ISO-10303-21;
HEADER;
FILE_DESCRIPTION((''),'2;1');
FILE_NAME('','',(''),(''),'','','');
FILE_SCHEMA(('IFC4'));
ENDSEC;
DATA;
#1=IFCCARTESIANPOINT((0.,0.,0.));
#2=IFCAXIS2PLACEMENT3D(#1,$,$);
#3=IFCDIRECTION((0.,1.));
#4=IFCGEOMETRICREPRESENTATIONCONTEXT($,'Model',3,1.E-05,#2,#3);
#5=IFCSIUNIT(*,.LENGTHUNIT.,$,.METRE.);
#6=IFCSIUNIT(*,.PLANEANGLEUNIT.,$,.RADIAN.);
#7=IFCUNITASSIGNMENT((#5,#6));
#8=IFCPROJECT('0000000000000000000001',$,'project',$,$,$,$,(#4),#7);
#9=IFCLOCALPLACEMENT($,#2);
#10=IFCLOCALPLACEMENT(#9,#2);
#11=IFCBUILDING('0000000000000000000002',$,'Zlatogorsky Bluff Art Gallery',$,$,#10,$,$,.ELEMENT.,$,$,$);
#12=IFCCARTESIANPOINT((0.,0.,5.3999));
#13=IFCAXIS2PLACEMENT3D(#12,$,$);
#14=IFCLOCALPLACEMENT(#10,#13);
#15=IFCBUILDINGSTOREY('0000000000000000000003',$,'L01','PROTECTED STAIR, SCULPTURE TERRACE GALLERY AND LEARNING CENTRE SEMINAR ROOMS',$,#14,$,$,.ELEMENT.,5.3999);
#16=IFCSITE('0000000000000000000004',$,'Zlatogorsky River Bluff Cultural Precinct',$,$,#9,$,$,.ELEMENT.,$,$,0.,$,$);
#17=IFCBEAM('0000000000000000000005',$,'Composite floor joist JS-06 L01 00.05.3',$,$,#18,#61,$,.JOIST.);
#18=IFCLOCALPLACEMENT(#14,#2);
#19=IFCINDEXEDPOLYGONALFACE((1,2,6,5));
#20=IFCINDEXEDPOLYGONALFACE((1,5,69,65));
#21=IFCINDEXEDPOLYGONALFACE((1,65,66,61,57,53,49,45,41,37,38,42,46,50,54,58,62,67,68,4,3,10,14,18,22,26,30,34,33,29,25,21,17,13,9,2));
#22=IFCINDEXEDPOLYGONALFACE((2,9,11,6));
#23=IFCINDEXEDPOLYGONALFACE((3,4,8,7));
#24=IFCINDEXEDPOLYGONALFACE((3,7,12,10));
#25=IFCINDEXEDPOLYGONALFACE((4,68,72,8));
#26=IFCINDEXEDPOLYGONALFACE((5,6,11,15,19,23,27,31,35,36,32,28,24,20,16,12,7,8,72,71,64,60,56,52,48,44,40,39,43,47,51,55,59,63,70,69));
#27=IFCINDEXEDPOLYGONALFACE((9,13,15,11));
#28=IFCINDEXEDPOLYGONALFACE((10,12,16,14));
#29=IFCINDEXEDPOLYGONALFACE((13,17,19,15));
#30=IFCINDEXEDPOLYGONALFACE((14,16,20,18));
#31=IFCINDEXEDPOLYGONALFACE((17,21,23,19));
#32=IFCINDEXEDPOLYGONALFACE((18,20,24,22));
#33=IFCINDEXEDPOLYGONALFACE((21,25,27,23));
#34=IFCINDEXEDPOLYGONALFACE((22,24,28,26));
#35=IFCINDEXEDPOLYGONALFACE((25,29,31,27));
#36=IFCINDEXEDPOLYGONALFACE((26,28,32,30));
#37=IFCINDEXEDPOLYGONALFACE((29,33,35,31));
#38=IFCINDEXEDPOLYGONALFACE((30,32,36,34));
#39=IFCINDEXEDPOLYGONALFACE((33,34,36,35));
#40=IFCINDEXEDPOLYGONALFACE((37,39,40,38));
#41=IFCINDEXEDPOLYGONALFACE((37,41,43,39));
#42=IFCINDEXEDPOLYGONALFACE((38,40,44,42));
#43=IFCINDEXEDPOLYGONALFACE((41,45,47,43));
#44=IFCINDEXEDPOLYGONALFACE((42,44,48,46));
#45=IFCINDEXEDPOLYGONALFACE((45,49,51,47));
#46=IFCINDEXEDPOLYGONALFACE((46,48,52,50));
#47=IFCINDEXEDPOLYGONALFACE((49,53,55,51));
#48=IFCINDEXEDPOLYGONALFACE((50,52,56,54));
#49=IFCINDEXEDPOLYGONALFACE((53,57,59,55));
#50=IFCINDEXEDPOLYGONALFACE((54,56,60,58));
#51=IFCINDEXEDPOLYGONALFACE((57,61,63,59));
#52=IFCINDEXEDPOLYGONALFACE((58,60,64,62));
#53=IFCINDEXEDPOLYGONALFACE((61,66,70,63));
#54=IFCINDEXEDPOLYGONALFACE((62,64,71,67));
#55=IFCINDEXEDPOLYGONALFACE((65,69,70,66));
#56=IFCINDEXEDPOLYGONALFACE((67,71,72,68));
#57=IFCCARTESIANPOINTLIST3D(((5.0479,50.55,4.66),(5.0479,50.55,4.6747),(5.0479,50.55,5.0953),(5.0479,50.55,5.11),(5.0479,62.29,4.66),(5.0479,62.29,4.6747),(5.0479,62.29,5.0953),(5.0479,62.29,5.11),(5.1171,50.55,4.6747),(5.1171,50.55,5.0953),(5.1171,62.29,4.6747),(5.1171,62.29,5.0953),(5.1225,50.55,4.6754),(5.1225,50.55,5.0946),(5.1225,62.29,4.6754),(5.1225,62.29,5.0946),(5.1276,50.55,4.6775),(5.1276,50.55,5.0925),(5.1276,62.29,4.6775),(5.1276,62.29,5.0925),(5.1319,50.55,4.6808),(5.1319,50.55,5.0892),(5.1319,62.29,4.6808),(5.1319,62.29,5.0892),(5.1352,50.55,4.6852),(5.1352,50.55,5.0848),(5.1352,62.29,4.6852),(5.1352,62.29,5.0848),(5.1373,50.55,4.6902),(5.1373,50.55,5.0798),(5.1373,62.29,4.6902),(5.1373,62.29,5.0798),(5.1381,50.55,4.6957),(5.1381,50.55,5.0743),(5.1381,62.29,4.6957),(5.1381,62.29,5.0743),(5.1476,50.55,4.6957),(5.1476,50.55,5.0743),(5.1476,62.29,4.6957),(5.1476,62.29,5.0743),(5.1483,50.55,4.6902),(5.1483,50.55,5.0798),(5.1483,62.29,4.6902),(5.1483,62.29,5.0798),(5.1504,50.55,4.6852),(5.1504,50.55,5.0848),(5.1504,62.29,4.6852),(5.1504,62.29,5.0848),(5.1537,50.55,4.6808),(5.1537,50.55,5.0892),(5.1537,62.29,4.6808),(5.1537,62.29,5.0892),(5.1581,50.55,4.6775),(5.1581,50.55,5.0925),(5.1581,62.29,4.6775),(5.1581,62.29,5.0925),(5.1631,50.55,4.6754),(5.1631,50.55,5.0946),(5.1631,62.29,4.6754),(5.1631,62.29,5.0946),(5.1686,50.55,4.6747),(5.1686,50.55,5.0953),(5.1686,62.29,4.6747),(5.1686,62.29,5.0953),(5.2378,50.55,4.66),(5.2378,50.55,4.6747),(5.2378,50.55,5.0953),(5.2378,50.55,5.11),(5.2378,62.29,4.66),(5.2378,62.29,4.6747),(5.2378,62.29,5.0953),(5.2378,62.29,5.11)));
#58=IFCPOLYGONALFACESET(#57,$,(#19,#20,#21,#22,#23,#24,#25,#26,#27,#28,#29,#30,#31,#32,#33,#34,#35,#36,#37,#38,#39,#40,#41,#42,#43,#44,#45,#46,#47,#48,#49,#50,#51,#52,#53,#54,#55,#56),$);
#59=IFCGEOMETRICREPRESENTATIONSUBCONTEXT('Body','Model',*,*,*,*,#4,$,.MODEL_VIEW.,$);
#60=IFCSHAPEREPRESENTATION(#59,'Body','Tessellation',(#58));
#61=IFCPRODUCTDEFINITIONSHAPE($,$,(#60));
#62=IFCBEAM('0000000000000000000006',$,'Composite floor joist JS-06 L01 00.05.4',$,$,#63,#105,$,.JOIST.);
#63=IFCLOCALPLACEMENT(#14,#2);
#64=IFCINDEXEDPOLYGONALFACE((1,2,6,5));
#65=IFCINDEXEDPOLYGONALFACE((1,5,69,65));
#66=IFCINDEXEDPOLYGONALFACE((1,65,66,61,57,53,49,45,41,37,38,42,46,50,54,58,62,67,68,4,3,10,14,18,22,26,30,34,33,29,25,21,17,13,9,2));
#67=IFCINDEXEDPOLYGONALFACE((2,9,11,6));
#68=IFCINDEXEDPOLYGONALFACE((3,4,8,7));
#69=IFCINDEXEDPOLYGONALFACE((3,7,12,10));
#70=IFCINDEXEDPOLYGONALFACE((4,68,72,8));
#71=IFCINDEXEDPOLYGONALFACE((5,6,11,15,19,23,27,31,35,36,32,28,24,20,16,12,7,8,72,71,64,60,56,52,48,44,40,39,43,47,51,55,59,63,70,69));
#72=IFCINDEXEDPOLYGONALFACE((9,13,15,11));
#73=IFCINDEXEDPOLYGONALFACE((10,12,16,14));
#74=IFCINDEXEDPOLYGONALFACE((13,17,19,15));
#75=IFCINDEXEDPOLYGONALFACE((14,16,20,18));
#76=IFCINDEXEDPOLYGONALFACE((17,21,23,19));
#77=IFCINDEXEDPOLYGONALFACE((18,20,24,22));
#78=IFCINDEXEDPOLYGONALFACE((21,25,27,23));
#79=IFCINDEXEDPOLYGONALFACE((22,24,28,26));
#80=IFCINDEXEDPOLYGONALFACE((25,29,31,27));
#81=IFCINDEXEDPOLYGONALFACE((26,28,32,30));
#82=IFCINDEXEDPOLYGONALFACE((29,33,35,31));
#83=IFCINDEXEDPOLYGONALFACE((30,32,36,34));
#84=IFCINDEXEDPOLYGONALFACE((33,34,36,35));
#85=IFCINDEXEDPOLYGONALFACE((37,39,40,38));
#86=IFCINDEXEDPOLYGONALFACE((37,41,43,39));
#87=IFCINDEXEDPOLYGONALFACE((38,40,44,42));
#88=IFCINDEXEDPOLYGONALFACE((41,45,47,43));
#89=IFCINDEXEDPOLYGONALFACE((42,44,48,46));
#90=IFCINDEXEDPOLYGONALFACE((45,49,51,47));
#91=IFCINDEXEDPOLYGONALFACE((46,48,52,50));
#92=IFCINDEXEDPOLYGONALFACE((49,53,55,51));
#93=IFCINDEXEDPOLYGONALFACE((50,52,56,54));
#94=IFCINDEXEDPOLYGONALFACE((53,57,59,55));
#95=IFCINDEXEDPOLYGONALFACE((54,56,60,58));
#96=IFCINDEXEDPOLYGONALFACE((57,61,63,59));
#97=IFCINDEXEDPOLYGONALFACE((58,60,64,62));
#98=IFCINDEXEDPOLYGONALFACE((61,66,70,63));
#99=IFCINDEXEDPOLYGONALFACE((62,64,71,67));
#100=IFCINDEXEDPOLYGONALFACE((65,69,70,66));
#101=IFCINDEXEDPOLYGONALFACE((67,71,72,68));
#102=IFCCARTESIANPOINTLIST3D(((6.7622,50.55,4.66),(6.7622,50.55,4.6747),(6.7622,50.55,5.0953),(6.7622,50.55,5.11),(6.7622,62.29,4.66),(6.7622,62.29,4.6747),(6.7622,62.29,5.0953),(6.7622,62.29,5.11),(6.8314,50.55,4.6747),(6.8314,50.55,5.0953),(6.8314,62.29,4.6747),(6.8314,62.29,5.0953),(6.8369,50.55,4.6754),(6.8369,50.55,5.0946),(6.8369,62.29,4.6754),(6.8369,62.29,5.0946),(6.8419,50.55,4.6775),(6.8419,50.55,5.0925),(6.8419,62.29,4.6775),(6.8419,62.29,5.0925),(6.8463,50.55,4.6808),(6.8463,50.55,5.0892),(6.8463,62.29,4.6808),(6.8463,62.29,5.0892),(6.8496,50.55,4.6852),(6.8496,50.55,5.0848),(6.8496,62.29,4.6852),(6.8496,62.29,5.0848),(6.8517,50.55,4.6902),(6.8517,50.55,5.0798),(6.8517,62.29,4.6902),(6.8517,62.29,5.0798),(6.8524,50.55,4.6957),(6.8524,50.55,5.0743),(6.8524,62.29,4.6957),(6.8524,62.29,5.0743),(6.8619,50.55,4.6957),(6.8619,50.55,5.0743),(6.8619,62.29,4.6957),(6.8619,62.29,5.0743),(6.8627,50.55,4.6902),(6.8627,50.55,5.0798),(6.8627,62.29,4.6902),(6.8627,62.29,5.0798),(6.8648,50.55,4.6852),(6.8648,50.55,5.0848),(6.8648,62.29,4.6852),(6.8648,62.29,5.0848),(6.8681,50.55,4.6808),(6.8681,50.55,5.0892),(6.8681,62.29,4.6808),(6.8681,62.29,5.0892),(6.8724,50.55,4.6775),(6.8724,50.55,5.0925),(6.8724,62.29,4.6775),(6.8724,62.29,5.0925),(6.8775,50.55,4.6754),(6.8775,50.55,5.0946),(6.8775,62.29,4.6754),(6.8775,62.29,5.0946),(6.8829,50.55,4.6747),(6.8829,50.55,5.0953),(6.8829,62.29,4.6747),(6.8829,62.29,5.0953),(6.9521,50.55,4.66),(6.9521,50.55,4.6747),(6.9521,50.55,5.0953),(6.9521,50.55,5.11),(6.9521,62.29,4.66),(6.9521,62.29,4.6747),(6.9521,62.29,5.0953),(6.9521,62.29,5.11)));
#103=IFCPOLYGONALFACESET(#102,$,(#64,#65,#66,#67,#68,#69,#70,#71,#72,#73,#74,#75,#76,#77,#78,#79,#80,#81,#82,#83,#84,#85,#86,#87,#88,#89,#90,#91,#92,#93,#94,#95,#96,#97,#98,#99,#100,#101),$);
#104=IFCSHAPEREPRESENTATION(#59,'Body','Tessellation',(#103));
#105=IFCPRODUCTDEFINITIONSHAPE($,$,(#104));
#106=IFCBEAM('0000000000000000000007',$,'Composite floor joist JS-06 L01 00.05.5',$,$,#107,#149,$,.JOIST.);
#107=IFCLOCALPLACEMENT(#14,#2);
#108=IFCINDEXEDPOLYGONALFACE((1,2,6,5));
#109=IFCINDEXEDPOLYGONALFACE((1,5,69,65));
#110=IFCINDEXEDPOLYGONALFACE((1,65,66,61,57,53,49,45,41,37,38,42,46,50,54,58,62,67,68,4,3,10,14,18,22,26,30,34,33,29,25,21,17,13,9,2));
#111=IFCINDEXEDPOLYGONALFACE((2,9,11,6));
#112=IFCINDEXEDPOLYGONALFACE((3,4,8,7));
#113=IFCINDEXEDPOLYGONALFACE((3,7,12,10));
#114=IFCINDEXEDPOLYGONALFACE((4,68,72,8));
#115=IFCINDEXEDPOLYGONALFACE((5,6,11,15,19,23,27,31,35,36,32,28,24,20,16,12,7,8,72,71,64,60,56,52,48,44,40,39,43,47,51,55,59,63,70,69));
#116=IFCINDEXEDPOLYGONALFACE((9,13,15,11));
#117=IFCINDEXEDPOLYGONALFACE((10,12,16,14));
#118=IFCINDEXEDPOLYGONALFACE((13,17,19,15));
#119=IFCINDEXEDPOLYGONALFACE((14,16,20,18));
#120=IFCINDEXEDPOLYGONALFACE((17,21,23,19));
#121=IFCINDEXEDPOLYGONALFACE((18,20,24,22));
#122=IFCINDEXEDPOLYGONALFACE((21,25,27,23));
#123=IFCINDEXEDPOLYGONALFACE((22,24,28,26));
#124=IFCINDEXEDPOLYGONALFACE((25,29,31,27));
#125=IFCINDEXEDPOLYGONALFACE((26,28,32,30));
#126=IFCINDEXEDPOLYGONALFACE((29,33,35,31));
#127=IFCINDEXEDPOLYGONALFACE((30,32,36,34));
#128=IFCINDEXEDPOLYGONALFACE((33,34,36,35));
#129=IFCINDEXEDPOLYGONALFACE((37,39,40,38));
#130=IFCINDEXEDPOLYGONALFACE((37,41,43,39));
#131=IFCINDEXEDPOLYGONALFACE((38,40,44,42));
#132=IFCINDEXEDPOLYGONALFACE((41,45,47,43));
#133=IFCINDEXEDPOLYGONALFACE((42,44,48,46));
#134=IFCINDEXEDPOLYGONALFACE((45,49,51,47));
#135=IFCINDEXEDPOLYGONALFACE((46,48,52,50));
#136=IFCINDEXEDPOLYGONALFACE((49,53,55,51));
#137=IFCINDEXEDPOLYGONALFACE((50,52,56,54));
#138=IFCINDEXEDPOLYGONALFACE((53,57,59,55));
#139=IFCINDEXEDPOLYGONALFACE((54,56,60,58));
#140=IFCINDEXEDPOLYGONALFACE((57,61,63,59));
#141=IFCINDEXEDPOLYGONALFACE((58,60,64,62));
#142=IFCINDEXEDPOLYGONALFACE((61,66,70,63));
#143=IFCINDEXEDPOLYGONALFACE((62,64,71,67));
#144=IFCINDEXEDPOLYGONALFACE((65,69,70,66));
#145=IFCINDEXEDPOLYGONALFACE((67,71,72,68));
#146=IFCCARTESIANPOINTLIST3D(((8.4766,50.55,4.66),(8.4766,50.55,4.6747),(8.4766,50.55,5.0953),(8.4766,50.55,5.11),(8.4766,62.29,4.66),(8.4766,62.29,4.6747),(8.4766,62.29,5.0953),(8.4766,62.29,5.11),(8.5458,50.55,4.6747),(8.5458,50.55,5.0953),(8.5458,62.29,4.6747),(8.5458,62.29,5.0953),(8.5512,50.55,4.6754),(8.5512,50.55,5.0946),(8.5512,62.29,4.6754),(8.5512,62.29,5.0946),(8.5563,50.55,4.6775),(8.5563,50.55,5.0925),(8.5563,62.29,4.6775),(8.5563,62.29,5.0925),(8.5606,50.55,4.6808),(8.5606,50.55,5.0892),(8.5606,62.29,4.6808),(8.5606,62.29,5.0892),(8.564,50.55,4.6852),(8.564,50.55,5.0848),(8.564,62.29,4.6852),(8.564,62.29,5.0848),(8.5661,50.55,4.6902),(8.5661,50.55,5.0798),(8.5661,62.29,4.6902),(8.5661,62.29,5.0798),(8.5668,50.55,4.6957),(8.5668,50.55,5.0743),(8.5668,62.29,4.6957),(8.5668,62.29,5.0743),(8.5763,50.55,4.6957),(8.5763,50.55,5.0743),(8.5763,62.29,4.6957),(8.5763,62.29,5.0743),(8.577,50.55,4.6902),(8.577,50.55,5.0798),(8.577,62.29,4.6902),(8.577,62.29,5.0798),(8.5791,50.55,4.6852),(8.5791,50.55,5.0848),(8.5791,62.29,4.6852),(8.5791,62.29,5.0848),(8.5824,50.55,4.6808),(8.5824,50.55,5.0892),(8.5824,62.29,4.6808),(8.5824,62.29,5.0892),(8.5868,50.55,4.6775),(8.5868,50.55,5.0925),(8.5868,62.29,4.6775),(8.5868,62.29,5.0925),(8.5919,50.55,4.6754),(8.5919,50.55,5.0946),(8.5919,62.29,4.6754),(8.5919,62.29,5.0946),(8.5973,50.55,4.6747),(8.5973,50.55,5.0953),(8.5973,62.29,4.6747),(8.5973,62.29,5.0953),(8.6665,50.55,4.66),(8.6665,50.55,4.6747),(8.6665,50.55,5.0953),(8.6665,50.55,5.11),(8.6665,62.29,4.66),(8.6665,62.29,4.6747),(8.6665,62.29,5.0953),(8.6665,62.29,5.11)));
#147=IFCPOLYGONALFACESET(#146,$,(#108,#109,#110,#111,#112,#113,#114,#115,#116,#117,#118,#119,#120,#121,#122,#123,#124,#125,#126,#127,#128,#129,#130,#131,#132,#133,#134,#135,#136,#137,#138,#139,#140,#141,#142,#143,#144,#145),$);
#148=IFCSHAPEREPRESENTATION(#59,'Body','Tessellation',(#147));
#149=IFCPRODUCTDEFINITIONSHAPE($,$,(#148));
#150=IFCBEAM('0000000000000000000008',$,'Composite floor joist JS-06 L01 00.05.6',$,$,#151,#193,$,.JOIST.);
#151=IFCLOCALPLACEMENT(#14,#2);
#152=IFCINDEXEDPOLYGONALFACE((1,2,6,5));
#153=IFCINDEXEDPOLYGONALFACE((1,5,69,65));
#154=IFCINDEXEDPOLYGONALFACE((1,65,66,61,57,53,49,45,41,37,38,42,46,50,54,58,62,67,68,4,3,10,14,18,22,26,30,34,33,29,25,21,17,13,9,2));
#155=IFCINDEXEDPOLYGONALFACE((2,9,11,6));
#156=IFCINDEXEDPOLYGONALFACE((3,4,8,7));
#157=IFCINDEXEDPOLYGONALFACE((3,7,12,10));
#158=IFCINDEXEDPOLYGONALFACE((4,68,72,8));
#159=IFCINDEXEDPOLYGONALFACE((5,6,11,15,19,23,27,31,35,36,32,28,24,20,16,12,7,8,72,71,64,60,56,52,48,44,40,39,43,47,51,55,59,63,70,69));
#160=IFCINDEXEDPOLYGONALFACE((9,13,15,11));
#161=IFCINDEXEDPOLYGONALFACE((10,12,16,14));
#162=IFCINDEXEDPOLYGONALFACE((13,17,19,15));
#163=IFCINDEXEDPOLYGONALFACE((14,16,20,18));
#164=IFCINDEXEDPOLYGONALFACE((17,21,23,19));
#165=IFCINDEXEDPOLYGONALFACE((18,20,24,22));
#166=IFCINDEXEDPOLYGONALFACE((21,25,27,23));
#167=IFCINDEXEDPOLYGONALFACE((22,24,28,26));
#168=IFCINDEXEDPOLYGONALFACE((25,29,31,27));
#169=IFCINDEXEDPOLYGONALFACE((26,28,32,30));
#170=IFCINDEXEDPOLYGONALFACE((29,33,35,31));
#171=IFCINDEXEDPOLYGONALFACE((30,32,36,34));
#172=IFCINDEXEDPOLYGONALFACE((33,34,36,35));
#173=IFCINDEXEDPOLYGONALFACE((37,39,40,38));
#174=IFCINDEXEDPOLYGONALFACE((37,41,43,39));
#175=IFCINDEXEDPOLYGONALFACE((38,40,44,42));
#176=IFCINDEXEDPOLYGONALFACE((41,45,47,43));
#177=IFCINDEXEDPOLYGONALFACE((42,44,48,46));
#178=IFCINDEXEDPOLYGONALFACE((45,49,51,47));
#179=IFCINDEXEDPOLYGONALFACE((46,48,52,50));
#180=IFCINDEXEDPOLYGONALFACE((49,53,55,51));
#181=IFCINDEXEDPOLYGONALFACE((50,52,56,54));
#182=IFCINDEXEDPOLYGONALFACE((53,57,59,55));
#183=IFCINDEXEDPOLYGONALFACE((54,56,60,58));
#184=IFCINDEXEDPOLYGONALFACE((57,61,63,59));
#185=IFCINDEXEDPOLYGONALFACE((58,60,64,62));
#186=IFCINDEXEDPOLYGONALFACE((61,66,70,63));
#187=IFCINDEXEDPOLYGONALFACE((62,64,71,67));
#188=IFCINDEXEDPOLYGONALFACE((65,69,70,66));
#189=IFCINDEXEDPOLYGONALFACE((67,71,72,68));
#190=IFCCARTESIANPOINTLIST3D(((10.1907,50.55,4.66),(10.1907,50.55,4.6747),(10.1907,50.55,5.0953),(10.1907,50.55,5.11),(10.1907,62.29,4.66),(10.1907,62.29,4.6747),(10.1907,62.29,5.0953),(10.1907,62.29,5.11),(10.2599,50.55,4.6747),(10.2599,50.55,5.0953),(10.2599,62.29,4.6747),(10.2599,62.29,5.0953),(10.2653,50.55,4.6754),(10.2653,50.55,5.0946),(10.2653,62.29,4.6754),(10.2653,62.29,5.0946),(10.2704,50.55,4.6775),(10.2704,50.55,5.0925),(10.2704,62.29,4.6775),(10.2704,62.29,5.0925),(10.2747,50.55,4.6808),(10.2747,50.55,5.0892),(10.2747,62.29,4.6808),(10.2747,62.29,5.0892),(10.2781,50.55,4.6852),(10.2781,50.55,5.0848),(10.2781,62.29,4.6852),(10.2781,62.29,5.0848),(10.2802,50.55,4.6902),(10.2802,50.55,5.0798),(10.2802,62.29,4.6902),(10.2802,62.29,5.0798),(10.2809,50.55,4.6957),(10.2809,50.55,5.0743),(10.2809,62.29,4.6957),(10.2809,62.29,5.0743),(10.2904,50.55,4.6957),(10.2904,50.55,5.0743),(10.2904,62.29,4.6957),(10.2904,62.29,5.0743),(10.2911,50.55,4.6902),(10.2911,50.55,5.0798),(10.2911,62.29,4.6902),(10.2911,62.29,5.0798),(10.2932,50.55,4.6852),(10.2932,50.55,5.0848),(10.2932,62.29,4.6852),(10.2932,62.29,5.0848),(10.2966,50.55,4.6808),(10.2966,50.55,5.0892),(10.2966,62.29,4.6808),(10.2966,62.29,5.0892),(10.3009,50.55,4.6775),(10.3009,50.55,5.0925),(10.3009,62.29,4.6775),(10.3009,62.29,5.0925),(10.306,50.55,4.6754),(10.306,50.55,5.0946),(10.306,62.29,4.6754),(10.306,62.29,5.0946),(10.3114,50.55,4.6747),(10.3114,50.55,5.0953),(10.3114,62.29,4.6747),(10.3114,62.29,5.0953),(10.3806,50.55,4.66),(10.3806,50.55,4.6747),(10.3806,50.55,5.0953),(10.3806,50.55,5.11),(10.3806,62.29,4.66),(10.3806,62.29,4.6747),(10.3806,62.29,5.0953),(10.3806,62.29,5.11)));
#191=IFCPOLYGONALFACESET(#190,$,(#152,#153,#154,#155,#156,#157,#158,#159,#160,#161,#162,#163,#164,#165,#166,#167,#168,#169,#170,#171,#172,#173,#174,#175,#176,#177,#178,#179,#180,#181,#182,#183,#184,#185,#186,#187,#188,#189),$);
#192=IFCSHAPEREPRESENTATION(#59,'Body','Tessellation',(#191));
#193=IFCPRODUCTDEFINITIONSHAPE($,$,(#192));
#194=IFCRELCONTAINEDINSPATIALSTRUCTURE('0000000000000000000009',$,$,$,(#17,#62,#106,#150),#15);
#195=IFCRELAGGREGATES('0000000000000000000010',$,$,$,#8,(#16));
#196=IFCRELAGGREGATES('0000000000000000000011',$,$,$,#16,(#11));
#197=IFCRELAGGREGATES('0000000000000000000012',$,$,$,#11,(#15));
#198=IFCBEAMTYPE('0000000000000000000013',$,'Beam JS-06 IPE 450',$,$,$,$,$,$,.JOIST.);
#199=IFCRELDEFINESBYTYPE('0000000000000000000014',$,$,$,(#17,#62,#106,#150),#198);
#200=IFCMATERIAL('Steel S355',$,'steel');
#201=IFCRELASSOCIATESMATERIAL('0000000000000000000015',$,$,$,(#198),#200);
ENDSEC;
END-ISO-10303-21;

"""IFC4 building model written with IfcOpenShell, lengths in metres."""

from ifc_helpers import new_model, si_unit, direction, frame, origin, origin_2d, place, context, subcontext, project, spatial, i_section, extrude, material, material_profile, profile_set, type_object, element, save


model = new_model("IFC4")

# Units and contexts
model_context = context("Model", 3, precision=1e-05, world=origin(), true_north=direction((0.0, 1.0)))
body_context = subcontext(model_context, "Body", "Model", "MODEL_VIEW")
ifc_project = project(units=[si_unit("LENGTHUNIT", "METRE"), si_unit("PLANEANGLEUNIT", "RADIAN")], contexts=[model_context])

# Site, building, storey
site_placement = place(None, origin())
site = spatial("IfcSite", under=ifc_project, at=site_placement, Name="Zlatogorsky River Bluff Cultural Precinct", CompositionType="ELEMENT", RefElevation=0.0)
building_placement = place(site_placement, origin())
building = spatial("IfcBuilding", under=site, at=building_placement, Name="Zlatogorsky Bluff Art Gallery", CompositionType="ELEMENT")
storey_placement = place(building_placement, frame((0.0, 0.0, 5.3999)))
storey = spatial("IfcBuildingStorey", under=building, at=storey_placement, Name="L01", Description="PROTECTED STAIR, SCULPTURE TERRACE GALLERY AND LEARNING CENTRE SEMINAR ROOMS", CompositionType="ELEMENT", Elevation=5.3999)

# Shared definitions
ifc_material_1 = material(Name="Steel S355", Category="steel")

# Beams
ifc_material_profile_1 = material_profile(ifc_material_1, i_section(OverallWidth=0.1899, OverallDepth=0.45, WebThickness=0.0095, FlangeThickness=0.0146, FilletRadius=0.021, at=origin_2d()), Name="IPE 450")
ifc_profile_set_1 = profile_set([ifc_material_profile_1], Name="Steel S355")
beam_type_1 = type_object("IfcBeamType", Name="Beam JS-06 IPE 450", PredefinedType="JOIST", material=ifc_profile_set_1)
for number, where, z_axis, x_axis, name in (
    (1, (5.1428, 50.55, 4.885), (0.0, 1.0, 0.0), (-1.0, 0.0, 0.0), "Composite floor joist JS-06 L01 00.05.3"),
    (2, (6.8572, 50.55, 4.885), (0.0, 1.0, 0.0), (-1.0, 0.0, 0.0), "Composite floor joist JS-06 L01 00.05.4"),
    (3, (8.5715, 50.55, 4.885), (0.0, 1.0, 0.0), (-1.0, 0.0, 0.0), "Composite floor joist JS-06 L01 00.05.5"),
    (4, (10.2856, 50.55, 4.885), (0.0, 1.0, 0.0), (-1.0, 0.0, 0.0), "Composite floor joist JS-06 L01 00.05.6"),
):
    element("IfcBeam", number, at=place(storey_placement, frame(where, z_axis=z_axis, x_axis=x_axis)), inside=storey, type_object=beam_type_1, Name=name, PredefinedType="JOIST", context=body_context, shape_type="SweptSolid", body=[
        extrude(i_section(OverallWidth=0.1899, OverallDepth=0.45, WebThickness=0.0095, FlangeThickness=0.0146, FilletRadius=0.021, at=origin_2d()), origin(), (0.0, 0.0, 1.0), 11.74),
    ])

save(model, "model.ifc")
